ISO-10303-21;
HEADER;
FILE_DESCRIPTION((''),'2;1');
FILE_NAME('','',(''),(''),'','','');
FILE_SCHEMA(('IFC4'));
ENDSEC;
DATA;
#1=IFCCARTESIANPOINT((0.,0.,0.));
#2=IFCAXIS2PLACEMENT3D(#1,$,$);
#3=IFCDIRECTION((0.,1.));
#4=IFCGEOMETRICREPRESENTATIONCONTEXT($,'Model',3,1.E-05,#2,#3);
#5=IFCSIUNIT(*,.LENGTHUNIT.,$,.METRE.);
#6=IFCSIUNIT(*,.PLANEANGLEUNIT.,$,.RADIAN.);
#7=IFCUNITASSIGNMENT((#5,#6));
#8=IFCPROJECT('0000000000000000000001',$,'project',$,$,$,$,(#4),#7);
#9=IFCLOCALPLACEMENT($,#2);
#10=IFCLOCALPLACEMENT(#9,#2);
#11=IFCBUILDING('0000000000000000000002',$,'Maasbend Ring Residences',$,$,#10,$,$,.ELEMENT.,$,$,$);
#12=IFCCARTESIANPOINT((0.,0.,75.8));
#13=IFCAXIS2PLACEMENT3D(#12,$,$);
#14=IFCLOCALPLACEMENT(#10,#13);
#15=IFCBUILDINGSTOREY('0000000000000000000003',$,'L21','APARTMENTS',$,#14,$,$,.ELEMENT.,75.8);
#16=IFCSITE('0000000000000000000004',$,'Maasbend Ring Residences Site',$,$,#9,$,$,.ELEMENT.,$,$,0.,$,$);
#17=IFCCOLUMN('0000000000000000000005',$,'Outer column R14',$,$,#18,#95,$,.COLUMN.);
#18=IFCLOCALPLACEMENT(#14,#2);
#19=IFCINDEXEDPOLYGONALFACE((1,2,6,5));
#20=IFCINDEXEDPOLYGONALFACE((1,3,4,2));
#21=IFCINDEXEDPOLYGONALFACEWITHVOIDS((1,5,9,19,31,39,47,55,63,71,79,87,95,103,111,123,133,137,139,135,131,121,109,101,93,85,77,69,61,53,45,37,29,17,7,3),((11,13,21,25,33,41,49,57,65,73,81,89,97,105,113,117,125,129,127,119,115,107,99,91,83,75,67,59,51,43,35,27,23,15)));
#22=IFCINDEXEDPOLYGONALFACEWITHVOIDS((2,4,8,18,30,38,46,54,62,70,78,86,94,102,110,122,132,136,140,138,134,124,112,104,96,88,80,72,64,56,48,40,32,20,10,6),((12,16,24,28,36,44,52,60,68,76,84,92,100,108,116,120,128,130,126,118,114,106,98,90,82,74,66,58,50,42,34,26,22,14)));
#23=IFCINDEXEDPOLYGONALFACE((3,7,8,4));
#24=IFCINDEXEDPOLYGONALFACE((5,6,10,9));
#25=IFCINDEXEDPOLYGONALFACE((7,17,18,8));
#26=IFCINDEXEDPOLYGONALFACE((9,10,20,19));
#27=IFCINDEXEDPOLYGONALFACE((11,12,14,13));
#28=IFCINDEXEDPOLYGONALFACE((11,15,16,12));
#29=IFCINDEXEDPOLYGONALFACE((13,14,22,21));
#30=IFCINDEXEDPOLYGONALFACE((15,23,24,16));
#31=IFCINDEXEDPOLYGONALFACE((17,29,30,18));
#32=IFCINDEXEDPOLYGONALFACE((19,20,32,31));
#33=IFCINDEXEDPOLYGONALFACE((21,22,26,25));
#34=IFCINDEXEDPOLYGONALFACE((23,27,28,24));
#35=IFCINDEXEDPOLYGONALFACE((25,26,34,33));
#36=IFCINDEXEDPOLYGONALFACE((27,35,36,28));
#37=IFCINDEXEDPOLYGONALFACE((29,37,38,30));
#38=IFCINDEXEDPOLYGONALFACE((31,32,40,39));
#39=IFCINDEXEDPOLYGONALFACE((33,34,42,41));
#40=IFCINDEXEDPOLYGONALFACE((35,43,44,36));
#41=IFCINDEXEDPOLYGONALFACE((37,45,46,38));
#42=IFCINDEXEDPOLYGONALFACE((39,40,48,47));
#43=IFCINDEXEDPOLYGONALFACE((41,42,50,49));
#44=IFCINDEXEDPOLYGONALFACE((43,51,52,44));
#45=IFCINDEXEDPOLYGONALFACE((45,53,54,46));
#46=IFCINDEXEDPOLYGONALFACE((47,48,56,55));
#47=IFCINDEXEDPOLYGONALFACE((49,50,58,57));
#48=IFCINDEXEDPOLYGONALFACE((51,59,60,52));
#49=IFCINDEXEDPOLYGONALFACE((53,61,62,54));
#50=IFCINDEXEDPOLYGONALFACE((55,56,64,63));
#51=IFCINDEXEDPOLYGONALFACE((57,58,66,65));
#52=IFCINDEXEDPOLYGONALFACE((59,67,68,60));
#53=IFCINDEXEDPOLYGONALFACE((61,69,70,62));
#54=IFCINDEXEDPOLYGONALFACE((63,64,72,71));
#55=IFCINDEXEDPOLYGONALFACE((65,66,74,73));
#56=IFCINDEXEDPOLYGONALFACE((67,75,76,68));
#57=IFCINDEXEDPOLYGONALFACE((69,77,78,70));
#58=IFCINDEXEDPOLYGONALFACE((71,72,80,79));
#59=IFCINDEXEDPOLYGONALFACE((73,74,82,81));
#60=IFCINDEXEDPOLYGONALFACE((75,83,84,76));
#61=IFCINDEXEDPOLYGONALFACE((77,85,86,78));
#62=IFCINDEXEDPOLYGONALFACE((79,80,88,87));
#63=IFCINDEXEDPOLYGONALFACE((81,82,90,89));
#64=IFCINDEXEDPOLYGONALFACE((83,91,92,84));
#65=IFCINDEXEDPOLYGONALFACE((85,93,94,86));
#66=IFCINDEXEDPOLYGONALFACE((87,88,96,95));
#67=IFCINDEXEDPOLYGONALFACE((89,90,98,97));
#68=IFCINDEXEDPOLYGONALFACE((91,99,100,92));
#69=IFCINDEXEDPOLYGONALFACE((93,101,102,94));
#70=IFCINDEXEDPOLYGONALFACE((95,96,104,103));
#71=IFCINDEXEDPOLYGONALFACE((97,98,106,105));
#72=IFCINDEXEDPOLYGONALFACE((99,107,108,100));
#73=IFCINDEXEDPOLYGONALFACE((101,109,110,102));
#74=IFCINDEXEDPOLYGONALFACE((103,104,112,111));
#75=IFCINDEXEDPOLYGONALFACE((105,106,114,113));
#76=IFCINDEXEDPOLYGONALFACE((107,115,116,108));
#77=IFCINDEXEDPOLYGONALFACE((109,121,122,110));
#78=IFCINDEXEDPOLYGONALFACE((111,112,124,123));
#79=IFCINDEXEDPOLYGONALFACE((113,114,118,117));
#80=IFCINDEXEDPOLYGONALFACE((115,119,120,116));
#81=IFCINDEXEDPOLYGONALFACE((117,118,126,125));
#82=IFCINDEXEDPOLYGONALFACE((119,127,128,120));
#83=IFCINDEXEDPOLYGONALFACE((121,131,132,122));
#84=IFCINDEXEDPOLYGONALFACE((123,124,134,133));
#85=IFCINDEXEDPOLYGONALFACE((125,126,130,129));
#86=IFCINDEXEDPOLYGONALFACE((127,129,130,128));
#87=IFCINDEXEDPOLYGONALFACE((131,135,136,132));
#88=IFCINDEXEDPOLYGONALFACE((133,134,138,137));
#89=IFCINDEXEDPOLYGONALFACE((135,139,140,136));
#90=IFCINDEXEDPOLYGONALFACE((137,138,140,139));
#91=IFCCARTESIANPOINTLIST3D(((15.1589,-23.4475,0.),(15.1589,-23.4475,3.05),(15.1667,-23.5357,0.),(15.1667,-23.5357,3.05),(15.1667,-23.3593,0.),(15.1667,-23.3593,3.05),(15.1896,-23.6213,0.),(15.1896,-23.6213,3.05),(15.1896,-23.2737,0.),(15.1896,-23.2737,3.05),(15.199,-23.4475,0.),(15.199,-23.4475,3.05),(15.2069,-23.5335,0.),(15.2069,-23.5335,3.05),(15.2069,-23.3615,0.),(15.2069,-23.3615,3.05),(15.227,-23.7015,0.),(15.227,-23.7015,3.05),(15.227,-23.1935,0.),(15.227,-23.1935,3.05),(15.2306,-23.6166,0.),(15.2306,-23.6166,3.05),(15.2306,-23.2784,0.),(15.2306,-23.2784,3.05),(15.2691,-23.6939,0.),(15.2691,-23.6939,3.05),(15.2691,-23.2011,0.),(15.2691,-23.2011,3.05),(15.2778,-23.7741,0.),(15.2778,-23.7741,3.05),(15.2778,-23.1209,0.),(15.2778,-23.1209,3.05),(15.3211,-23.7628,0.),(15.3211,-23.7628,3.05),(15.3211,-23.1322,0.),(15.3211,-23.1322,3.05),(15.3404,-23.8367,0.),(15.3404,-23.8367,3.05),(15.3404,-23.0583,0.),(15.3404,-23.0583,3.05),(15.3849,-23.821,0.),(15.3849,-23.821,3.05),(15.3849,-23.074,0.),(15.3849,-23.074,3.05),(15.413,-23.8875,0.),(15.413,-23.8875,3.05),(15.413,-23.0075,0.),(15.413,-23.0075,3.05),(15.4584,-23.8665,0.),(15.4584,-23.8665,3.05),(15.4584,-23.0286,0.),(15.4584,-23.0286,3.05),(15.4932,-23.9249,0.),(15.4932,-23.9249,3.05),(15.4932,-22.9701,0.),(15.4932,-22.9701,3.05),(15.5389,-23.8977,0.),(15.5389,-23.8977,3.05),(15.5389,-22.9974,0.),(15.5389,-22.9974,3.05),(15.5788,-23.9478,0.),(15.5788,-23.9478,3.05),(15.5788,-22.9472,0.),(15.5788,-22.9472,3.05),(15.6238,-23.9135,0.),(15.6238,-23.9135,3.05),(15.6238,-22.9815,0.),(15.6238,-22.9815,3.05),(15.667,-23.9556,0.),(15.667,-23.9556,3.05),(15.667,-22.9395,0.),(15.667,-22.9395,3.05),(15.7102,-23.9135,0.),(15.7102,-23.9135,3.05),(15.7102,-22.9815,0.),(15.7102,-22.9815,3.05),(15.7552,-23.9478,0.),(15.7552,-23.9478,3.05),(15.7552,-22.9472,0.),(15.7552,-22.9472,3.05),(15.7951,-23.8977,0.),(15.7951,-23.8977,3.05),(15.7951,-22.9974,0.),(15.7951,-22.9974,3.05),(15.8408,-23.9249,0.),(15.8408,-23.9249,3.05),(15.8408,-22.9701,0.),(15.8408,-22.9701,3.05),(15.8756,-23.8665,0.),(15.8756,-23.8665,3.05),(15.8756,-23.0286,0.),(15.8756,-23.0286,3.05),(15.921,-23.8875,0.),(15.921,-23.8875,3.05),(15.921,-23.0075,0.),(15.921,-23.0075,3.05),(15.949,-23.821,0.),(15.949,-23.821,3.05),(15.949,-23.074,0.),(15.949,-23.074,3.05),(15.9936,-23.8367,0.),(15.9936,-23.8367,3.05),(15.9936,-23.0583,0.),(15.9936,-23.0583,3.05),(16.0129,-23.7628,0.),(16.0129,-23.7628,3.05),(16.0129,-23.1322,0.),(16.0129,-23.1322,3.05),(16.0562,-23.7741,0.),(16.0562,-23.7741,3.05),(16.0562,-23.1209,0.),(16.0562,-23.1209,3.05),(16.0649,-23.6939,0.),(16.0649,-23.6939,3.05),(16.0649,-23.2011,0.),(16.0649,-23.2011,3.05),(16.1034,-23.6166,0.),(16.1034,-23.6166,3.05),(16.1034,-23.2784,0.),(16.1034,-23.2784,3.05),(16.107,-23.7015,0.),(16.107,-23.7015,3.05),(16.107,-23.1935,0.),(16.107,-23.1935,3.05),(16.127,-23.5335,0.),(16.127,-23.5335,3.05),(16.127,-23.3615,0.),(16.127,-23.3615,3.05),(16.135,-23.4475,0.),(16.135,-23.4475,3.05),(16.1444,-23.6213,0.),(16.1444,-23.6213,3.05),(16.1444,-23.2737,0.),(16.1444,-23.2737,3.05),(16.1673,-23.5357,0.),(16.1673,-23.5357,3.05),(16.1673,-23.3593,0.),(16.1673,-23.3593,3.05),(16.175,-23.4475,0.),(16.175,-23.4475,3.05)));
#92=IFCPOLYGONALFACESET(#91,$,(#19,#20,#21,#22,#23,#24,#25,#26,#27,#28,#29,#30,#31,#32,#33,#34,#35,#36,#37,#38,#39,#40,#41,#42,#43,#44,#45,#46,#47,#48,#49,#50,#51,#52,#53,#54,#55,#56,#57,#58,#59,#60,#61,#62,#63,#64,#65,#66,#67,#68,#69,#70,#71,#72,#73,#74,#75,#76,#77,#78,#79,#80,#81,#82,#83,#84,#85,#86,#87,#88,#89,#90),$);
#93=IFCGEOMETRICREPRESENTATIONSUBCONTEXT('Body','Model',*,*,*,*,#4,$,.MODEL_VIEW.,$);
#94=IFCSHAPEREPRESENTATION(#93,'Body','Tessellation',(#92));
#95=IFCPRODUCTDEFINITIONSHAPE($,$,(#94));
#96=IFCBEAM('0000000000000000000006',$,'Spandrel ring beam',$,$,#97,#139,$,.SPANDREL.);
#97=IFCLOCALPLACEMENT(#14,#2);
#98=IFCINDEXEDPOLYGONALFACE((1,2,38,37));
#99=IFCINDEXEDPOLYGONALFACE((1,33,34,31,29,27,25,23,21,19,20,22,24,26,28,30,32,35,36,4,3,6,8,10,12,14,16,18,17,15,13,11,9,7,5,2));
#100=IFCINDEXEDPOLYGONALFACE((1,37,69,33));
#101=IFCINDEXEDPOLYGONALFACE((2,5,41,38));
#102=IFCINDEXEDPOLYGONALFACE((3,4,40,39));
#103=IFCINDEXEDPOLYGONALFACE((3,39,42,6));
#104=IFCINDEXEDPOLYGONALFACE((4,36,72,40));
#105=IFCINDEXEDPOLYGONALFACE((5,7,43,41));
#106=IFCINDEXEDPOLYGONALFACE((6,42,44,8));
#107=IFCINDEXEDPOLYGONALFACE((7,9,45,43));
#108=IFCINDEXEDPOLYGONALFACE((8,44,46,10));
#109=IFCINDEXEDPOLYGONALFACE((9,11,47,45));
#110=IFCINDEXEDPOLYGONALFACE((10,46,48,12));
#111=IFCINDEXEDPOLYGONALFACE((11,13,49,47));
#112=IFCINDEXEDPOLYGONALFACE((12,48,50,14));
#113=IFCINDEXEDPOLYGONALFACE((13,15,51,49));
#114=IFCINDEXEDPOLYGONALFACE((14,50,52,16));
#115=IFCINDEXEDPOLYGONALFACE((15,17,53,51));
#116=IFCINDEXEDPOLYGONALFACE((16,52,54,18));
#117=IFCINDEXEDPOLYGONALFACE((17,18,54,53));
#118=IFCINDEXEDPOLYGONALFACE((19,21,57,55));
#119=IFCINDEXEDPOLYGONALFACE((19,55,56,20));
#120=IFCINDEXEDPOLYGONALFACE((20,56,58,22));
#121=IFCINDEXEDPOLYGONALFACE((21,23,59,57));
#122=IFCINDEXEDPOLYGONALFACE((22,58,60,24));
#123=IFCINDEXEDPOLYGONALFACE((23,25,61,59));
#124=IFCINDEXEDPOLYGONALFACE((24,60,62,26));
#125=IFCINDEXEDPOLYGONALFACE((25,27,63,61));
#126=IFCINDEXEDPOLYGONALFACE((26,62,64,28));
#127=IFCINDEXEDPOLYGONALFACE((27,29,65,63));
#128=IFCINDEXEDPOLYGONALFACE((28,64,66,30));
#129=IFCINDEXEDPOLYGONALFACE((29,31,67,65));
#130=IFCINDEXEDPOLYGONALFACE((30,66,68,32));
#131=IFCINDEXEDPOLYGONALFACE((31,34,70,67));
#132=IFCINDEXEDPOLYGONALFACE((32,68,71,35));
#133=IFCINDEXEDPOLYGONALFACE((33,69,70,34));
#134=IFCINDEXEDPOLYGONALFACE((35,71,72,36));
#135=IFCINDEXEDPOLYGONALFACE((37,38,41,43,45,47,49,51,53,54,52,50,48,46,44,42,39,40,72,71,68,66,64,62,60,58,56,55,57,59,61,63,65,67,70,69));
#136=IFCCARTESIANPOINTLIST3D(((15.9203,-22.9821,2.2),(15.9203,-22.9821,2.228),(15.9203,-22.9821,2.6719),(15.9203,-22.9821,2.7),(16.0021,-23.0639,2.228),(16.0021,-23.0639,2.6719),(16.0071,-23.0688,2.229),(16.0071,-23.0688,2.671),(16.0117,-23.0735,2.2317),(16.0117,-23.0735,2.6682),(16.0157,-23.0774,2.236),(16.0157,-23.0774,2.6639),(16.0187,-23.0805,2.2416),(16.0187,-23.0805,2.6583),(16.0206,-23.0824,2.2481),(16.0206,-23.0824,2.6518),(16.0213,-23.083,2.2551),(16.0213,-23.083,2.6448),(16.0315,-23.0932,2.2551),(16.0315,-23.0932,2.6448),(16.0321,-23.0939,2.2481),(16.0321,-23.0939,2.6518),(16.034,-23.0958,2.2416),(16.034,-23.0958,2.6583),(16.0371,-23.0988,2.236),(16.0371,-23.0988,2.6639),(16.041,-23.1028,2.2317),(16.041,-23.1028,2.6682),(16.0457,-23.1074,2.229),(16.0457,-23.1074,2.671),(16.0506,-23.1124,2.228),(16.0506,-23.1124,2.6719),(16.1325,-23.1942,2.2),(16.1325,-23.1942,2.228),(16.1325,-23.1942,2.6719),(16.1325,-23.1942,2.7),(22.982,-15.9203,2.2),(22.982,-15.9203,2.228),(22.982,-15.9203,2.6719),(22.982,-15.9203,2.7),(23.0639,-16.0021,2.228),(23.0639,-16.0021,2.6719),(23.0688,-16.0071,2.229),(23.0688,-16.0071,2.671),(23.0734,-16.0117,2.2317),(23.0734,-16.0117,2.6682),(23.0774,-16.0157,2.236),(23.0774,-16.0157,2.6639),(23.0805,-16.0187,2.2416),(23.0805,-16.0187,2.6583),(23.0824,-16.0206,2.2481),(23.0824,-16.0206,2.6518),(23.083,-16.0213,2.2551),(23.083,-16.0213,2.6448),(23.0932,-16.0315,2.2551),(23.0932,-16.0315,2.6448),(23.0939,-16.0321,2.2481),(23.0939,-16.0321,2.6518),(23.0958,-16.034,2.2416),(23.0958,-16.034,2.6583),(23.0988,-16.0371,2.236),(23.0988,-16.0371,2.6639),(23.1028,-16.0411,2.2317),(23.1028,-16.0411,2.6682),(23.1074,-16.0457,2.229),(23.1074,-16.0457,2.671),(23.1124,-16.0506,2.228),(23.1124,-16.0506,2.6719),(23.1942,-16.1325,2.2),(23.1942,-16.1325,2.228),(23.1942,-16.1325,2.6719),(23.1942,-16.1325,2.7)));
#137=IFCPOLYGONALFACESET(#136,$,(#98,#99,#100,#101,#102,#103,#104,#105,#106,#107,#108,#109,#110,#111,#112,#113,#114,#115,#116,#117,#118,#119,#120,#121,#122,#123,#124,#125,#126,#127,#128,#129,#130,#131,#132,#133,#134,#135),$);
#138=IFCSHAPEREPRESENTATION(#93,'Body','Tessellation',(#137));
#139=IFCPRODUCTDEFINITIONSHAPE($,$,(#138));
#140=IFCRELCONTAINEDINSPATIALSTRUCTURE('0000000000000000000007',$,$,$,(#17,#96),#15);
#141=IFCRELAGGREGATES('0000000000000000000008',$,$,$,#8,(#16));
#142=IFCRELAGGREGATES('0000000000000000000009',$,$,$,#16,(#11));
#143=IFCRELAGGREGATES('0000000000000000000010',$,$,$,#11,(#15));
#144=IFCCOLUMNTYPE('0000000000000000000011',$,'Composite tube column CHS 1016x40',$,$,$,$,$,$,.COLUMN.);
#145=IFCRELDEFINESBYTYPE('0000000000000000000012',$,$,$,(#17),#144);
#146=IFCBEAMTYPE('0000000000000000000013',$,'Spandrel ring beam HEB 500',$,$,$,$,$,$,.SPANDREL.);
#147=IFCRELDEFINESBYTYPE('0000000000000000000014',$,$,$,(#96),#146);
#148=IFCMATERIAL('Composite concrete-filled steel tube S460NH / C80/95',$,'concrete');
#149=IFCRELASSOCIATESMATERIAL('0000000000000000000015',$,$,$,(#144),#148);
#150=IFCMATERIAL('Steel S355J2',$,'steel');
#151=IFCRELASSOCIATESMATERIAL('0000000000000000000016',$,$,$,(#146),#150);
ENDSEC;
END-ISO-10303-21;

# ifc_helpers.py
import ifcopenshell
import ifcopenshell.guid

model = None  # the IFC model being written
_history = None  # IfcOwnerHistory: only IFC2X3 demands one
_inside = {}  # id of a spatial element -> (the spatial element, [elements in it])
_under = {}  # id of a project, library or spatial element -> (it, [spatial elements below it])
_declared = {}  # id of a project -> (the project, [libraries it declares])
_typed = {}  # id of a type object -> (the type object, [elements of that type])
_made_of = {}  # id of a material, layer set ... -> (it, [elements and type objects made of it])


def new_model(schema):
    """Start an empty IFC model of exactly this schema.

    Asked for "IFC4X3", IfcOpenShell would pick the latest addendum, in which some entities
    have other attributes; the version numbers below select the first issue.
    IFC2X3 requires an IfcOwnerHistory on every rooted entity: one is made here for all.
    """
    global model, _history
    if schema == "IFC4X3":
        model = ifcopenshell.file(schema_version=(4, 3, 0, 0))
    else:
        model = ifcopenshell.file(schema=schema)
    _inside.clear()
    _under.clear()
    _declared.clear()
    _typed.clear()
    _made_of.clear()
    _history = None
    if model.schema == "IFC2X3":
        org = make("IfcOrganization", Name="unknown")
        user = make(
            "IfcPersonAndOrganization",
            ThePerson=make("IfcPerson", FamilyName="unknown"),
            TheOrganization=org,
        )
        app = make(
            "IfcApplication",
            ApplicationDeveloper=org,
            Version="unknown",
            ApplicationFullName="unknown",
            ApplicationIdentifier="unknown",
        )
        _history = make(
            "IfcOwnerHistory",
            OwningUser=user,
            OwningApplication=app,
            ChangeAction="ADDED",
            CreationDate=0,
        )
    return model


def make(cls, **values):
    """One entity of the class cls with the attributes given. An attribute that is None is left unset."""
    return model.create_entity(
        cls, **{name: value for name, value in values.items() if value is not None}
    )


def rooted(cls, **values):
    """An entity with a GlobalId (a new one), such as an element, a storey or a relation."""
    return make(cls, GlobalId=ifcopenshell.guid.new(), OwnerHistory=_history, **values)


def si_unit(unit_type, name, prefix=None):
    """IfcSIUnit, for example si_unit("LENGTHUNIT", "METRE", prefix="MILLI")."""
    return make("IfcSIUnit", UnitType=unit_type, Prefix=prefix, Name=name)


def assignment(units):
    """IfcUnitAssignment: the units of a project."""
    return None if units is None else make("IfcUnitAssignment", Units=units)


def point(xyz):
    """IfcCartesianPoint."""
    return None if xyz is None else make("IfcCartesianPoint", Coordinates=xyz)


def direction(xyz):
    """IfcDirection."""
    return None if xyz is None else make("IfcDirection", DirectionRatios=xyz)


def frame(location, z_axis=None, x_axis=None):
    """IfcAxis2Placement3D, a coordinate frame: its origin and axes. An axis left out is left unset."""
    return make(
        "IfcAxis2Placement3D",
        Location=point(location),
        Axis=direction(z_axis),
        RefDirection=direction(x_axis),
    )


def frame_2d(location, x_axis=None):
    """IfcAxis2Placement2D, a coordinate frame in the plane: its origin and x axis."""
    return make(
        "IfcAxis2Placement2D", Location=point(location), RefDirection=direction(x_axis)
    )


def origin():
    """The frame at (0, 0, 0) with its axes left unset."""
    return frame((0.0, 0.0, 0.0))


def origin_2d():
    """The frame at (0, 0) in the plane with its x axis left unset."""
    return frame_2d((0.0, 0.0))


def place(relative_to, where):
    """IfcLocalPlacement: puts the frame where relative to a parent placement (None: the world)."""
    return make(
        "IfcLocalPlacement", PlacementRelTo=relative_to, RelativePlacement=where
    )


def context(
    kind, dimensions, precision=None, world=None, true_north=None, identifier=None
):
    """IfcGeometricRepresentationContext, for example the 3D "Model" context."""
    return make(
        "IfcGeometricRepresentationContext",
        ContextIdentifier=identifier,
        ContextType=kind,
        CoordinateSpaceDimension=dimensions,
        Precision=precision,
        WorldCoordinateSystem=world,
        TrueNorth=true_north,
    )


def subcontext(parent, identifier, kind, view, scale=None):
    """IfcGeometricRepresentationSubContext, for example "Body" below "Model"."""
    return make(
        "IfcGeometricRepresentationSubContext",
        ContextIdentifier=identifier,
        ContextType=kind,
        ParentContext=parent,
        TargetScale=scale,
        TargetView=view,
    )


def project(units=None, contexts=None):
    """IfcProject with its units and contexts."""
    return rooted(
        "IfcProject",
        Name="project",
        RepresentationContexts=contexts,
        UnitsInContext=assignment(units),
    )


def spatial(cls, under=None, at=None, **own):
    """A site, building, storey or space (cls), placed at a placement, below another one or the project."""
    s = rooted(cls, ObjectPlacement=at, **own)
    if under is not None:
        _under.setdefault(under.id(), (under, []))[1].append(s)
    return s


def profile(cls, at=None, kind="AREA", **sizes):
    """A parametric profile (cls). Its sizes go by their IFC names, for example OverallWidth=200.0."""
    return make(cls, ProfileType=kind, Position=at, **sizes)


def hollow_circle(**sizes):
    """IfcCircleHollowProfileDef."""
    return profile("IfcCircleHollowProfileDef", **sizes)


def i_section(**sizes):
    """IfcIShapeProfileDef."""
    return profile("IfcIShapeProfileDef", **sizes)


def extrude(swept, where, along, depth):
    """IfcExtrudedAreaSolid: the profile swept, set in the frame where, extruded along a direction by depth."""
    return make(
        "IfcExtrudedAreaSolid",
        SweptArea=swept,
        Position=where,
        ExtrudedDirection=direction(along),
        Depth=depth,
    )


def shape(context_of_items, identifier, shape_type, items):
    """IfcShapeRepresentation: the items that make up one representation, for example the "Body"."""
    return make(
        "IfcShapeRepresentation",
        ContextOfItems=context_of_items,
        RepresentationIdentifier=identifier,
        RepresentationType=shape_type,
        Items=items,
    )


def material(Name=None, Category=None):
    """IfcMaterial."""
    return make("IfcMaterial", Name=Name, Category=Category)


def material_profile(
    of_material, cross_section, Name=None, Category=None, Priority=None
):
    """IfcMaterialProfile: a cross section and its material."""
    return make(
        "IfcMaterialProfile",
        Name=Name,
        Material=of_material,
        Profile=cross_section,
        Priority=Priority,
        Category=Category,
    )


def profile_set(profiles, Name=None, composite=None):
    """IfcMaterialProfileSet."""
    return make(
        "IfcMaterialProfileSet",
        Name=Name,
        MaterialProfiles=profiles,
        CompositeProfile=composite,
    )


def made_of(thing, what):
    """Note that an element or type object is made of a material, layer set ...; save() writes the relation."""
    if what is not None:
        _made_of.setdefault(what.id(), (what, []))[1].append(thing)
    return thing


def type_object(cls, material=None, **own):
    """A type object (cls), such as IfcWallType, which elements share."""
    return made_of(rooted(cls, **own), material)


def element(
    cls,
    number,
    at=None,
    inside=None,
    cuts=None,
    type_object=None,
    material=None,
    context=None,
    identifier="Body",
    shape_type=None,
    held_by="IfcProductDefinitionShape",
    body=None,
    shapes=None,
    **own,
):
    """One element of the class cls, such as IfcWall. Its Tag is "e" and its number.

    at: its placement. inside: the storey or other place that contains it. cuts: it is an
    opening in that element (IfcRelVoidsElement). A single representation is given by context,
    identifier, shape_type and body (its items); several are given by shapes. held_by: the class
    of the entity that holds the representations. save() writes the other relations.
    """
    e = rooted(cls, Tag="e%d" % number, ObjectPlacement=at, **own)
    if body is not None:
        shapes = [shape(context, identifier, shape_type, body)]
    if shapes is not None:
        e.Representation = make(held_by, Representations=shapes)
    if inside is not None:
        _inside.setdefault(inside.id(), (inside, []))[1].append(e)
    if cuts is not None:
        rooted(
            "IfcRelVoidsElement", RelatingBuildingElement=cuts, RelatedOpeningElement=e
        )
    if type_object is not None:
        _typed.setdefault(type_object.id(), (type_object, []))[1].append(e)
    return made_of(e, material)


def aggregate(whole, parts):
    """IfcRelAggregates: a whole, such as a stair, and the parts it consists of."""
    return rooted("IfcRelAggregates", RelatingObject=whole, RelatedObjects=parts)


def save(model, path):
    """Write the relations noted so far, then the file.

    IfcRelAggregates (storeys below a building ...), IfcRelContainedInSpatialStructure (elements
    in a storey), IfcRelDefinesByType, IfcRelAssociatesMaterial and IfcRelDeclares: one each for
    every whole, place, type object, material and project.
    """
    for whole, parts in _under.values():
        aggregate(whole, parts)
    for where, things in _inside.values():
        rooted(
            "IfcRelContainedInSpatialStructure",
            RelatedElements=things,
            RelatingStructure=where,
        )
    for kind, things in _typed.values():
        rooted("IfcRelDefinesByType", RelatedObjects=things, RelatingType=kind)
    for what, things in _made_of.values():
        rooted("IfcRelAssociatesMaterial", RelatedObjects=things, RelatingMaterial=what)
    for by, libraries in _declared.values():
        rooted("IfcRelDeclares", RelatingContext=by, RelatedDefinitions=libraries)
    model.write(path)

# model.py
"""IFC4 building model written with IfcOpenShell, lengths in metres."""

from ifc_helpers import new_model, si_unit, direction, frame, origin, origin_2d, place, context, subcontext, project, spatial, hollow_circle, i_section, extrude, material, material_profile, profile_set, type_object, element, save


model = new_model("IFC4")

# Units and contexts
model_context = context("Model", 3, precision=1e-05, world=origin(), true_north=direction((0.0, 1.0)))
body_context = subcontext(model_context, "Body", "Model", "MODEL_VIEW")
ifc_project = project(units=[si_unit("LENGTHUNIT", "METRE"), si_unit("PLANEANGLEUNIT", "RADIAN")], contexts=[model_context])

# Site, building, storey
site_placement = place(None, origin())
site = spatial("IfcSite", under=ifc_project, at=site_placement, Name="Maasbend Ring Residences Site", CompositionType="ELEMENT", RefElevation=0.0)
building_placement = place(site_placement, origin())
building = spatial("IfcBuilding", under=site, at=building_placement, Name="Maasbend Ring Residences", CompositionType="ELEMENT")
storey_placement = place(building_placement, frame((0.0, 0.0, 75.8)))
storey = spatial("IfcBuildingStorey", under=building, at=storey_placement, Name="L21", Description="APARTMENTS", CompositionType="ELEMENT", Elevation=75.8)

# Column
ifc_material_1 = material(Name="Composite concrete-filled steel tube S460NH / C80/95", Category="concrete")
ifc_material_profile_1 = material_profile(ifc_material_1, hollow_circle(Radius=0.5081, WallThickness=0.04, at=origin_2d()), Name="Composite tube column CHS 1016x40")
ifc_profile_set_1 = profile_set([ifc_material_profile_1], Name="Composite concrete-filled steel tube S460NH / C80/95")
column_type = type_object("IfcColumnType", Name="Composite tube column CHS 1016x40", PredefinedType="COLUMN", material=ifc_profile_set_1)
column_placement = place(storey_placement, frame((15.667, -23.4475, 0.0), z_axis=(0.0, 0.0, 1.0), x_axis=(1.0, 0.0, 0.0)))
element("IfcColumn", 1, at=column_placement, inside=storey, type_object=column_type, Name="Outer column R14", PredefinedType="COLUMN", context=body_context, shape_type="SweptSolid", body=[
    extrude(hollow_circle(Radius=0.5081, WallThickness=0.04, at=origin_2d()), origin(), (0.0, 0.0, 1.0), 3.05),
])

# Beam
ifc_material_2 = material(Name="Steel S355J2", Category="steel")
ifc_material_profile_2 = material_profile(ifc_material_2, i_section(OverallWidth=0.3, OverallDepth=0.5, WebThickness=0.0144, FlangeThickness=0.0281, FilletRadius=0.0271, at=origin_2d()), Name="HEB 500")
ifc_profile_set_2 = profile_set([ifc_material_profile_2], Name="Steel S355J2")
beam_type = type_object("IfcBeamType", Name="Spandrel ring beam HEB 500", PredefinedType="SPANDREL", material=ifc_profile_set_2)
beam_placement = place(storey_placement, frame((16.0264, -23.0881, 2.45), z_axis=(0.707107, 0.707107, 0.0), x_axis=(-0.707107, 0.707107, 0.0)))
element("IfcBeam", 2, at=beam_placement, inside=storey, type_object=beam_type, Name="Spandrel ring beam", PredefinedType="SPANDREL", context=body_context, shape_type="SweptSolid", body=[
    extrude(i_section(OverallWidth=0.3, OverallDepth=0.5, WebThickness=0.0144, FlangeThickness=0.0281, FilletRadius=0.0271, at=origin_2d()), origin(), (0.0, 0.0, 1.0), 9.9868),
])

save(model, "model.ifc")
